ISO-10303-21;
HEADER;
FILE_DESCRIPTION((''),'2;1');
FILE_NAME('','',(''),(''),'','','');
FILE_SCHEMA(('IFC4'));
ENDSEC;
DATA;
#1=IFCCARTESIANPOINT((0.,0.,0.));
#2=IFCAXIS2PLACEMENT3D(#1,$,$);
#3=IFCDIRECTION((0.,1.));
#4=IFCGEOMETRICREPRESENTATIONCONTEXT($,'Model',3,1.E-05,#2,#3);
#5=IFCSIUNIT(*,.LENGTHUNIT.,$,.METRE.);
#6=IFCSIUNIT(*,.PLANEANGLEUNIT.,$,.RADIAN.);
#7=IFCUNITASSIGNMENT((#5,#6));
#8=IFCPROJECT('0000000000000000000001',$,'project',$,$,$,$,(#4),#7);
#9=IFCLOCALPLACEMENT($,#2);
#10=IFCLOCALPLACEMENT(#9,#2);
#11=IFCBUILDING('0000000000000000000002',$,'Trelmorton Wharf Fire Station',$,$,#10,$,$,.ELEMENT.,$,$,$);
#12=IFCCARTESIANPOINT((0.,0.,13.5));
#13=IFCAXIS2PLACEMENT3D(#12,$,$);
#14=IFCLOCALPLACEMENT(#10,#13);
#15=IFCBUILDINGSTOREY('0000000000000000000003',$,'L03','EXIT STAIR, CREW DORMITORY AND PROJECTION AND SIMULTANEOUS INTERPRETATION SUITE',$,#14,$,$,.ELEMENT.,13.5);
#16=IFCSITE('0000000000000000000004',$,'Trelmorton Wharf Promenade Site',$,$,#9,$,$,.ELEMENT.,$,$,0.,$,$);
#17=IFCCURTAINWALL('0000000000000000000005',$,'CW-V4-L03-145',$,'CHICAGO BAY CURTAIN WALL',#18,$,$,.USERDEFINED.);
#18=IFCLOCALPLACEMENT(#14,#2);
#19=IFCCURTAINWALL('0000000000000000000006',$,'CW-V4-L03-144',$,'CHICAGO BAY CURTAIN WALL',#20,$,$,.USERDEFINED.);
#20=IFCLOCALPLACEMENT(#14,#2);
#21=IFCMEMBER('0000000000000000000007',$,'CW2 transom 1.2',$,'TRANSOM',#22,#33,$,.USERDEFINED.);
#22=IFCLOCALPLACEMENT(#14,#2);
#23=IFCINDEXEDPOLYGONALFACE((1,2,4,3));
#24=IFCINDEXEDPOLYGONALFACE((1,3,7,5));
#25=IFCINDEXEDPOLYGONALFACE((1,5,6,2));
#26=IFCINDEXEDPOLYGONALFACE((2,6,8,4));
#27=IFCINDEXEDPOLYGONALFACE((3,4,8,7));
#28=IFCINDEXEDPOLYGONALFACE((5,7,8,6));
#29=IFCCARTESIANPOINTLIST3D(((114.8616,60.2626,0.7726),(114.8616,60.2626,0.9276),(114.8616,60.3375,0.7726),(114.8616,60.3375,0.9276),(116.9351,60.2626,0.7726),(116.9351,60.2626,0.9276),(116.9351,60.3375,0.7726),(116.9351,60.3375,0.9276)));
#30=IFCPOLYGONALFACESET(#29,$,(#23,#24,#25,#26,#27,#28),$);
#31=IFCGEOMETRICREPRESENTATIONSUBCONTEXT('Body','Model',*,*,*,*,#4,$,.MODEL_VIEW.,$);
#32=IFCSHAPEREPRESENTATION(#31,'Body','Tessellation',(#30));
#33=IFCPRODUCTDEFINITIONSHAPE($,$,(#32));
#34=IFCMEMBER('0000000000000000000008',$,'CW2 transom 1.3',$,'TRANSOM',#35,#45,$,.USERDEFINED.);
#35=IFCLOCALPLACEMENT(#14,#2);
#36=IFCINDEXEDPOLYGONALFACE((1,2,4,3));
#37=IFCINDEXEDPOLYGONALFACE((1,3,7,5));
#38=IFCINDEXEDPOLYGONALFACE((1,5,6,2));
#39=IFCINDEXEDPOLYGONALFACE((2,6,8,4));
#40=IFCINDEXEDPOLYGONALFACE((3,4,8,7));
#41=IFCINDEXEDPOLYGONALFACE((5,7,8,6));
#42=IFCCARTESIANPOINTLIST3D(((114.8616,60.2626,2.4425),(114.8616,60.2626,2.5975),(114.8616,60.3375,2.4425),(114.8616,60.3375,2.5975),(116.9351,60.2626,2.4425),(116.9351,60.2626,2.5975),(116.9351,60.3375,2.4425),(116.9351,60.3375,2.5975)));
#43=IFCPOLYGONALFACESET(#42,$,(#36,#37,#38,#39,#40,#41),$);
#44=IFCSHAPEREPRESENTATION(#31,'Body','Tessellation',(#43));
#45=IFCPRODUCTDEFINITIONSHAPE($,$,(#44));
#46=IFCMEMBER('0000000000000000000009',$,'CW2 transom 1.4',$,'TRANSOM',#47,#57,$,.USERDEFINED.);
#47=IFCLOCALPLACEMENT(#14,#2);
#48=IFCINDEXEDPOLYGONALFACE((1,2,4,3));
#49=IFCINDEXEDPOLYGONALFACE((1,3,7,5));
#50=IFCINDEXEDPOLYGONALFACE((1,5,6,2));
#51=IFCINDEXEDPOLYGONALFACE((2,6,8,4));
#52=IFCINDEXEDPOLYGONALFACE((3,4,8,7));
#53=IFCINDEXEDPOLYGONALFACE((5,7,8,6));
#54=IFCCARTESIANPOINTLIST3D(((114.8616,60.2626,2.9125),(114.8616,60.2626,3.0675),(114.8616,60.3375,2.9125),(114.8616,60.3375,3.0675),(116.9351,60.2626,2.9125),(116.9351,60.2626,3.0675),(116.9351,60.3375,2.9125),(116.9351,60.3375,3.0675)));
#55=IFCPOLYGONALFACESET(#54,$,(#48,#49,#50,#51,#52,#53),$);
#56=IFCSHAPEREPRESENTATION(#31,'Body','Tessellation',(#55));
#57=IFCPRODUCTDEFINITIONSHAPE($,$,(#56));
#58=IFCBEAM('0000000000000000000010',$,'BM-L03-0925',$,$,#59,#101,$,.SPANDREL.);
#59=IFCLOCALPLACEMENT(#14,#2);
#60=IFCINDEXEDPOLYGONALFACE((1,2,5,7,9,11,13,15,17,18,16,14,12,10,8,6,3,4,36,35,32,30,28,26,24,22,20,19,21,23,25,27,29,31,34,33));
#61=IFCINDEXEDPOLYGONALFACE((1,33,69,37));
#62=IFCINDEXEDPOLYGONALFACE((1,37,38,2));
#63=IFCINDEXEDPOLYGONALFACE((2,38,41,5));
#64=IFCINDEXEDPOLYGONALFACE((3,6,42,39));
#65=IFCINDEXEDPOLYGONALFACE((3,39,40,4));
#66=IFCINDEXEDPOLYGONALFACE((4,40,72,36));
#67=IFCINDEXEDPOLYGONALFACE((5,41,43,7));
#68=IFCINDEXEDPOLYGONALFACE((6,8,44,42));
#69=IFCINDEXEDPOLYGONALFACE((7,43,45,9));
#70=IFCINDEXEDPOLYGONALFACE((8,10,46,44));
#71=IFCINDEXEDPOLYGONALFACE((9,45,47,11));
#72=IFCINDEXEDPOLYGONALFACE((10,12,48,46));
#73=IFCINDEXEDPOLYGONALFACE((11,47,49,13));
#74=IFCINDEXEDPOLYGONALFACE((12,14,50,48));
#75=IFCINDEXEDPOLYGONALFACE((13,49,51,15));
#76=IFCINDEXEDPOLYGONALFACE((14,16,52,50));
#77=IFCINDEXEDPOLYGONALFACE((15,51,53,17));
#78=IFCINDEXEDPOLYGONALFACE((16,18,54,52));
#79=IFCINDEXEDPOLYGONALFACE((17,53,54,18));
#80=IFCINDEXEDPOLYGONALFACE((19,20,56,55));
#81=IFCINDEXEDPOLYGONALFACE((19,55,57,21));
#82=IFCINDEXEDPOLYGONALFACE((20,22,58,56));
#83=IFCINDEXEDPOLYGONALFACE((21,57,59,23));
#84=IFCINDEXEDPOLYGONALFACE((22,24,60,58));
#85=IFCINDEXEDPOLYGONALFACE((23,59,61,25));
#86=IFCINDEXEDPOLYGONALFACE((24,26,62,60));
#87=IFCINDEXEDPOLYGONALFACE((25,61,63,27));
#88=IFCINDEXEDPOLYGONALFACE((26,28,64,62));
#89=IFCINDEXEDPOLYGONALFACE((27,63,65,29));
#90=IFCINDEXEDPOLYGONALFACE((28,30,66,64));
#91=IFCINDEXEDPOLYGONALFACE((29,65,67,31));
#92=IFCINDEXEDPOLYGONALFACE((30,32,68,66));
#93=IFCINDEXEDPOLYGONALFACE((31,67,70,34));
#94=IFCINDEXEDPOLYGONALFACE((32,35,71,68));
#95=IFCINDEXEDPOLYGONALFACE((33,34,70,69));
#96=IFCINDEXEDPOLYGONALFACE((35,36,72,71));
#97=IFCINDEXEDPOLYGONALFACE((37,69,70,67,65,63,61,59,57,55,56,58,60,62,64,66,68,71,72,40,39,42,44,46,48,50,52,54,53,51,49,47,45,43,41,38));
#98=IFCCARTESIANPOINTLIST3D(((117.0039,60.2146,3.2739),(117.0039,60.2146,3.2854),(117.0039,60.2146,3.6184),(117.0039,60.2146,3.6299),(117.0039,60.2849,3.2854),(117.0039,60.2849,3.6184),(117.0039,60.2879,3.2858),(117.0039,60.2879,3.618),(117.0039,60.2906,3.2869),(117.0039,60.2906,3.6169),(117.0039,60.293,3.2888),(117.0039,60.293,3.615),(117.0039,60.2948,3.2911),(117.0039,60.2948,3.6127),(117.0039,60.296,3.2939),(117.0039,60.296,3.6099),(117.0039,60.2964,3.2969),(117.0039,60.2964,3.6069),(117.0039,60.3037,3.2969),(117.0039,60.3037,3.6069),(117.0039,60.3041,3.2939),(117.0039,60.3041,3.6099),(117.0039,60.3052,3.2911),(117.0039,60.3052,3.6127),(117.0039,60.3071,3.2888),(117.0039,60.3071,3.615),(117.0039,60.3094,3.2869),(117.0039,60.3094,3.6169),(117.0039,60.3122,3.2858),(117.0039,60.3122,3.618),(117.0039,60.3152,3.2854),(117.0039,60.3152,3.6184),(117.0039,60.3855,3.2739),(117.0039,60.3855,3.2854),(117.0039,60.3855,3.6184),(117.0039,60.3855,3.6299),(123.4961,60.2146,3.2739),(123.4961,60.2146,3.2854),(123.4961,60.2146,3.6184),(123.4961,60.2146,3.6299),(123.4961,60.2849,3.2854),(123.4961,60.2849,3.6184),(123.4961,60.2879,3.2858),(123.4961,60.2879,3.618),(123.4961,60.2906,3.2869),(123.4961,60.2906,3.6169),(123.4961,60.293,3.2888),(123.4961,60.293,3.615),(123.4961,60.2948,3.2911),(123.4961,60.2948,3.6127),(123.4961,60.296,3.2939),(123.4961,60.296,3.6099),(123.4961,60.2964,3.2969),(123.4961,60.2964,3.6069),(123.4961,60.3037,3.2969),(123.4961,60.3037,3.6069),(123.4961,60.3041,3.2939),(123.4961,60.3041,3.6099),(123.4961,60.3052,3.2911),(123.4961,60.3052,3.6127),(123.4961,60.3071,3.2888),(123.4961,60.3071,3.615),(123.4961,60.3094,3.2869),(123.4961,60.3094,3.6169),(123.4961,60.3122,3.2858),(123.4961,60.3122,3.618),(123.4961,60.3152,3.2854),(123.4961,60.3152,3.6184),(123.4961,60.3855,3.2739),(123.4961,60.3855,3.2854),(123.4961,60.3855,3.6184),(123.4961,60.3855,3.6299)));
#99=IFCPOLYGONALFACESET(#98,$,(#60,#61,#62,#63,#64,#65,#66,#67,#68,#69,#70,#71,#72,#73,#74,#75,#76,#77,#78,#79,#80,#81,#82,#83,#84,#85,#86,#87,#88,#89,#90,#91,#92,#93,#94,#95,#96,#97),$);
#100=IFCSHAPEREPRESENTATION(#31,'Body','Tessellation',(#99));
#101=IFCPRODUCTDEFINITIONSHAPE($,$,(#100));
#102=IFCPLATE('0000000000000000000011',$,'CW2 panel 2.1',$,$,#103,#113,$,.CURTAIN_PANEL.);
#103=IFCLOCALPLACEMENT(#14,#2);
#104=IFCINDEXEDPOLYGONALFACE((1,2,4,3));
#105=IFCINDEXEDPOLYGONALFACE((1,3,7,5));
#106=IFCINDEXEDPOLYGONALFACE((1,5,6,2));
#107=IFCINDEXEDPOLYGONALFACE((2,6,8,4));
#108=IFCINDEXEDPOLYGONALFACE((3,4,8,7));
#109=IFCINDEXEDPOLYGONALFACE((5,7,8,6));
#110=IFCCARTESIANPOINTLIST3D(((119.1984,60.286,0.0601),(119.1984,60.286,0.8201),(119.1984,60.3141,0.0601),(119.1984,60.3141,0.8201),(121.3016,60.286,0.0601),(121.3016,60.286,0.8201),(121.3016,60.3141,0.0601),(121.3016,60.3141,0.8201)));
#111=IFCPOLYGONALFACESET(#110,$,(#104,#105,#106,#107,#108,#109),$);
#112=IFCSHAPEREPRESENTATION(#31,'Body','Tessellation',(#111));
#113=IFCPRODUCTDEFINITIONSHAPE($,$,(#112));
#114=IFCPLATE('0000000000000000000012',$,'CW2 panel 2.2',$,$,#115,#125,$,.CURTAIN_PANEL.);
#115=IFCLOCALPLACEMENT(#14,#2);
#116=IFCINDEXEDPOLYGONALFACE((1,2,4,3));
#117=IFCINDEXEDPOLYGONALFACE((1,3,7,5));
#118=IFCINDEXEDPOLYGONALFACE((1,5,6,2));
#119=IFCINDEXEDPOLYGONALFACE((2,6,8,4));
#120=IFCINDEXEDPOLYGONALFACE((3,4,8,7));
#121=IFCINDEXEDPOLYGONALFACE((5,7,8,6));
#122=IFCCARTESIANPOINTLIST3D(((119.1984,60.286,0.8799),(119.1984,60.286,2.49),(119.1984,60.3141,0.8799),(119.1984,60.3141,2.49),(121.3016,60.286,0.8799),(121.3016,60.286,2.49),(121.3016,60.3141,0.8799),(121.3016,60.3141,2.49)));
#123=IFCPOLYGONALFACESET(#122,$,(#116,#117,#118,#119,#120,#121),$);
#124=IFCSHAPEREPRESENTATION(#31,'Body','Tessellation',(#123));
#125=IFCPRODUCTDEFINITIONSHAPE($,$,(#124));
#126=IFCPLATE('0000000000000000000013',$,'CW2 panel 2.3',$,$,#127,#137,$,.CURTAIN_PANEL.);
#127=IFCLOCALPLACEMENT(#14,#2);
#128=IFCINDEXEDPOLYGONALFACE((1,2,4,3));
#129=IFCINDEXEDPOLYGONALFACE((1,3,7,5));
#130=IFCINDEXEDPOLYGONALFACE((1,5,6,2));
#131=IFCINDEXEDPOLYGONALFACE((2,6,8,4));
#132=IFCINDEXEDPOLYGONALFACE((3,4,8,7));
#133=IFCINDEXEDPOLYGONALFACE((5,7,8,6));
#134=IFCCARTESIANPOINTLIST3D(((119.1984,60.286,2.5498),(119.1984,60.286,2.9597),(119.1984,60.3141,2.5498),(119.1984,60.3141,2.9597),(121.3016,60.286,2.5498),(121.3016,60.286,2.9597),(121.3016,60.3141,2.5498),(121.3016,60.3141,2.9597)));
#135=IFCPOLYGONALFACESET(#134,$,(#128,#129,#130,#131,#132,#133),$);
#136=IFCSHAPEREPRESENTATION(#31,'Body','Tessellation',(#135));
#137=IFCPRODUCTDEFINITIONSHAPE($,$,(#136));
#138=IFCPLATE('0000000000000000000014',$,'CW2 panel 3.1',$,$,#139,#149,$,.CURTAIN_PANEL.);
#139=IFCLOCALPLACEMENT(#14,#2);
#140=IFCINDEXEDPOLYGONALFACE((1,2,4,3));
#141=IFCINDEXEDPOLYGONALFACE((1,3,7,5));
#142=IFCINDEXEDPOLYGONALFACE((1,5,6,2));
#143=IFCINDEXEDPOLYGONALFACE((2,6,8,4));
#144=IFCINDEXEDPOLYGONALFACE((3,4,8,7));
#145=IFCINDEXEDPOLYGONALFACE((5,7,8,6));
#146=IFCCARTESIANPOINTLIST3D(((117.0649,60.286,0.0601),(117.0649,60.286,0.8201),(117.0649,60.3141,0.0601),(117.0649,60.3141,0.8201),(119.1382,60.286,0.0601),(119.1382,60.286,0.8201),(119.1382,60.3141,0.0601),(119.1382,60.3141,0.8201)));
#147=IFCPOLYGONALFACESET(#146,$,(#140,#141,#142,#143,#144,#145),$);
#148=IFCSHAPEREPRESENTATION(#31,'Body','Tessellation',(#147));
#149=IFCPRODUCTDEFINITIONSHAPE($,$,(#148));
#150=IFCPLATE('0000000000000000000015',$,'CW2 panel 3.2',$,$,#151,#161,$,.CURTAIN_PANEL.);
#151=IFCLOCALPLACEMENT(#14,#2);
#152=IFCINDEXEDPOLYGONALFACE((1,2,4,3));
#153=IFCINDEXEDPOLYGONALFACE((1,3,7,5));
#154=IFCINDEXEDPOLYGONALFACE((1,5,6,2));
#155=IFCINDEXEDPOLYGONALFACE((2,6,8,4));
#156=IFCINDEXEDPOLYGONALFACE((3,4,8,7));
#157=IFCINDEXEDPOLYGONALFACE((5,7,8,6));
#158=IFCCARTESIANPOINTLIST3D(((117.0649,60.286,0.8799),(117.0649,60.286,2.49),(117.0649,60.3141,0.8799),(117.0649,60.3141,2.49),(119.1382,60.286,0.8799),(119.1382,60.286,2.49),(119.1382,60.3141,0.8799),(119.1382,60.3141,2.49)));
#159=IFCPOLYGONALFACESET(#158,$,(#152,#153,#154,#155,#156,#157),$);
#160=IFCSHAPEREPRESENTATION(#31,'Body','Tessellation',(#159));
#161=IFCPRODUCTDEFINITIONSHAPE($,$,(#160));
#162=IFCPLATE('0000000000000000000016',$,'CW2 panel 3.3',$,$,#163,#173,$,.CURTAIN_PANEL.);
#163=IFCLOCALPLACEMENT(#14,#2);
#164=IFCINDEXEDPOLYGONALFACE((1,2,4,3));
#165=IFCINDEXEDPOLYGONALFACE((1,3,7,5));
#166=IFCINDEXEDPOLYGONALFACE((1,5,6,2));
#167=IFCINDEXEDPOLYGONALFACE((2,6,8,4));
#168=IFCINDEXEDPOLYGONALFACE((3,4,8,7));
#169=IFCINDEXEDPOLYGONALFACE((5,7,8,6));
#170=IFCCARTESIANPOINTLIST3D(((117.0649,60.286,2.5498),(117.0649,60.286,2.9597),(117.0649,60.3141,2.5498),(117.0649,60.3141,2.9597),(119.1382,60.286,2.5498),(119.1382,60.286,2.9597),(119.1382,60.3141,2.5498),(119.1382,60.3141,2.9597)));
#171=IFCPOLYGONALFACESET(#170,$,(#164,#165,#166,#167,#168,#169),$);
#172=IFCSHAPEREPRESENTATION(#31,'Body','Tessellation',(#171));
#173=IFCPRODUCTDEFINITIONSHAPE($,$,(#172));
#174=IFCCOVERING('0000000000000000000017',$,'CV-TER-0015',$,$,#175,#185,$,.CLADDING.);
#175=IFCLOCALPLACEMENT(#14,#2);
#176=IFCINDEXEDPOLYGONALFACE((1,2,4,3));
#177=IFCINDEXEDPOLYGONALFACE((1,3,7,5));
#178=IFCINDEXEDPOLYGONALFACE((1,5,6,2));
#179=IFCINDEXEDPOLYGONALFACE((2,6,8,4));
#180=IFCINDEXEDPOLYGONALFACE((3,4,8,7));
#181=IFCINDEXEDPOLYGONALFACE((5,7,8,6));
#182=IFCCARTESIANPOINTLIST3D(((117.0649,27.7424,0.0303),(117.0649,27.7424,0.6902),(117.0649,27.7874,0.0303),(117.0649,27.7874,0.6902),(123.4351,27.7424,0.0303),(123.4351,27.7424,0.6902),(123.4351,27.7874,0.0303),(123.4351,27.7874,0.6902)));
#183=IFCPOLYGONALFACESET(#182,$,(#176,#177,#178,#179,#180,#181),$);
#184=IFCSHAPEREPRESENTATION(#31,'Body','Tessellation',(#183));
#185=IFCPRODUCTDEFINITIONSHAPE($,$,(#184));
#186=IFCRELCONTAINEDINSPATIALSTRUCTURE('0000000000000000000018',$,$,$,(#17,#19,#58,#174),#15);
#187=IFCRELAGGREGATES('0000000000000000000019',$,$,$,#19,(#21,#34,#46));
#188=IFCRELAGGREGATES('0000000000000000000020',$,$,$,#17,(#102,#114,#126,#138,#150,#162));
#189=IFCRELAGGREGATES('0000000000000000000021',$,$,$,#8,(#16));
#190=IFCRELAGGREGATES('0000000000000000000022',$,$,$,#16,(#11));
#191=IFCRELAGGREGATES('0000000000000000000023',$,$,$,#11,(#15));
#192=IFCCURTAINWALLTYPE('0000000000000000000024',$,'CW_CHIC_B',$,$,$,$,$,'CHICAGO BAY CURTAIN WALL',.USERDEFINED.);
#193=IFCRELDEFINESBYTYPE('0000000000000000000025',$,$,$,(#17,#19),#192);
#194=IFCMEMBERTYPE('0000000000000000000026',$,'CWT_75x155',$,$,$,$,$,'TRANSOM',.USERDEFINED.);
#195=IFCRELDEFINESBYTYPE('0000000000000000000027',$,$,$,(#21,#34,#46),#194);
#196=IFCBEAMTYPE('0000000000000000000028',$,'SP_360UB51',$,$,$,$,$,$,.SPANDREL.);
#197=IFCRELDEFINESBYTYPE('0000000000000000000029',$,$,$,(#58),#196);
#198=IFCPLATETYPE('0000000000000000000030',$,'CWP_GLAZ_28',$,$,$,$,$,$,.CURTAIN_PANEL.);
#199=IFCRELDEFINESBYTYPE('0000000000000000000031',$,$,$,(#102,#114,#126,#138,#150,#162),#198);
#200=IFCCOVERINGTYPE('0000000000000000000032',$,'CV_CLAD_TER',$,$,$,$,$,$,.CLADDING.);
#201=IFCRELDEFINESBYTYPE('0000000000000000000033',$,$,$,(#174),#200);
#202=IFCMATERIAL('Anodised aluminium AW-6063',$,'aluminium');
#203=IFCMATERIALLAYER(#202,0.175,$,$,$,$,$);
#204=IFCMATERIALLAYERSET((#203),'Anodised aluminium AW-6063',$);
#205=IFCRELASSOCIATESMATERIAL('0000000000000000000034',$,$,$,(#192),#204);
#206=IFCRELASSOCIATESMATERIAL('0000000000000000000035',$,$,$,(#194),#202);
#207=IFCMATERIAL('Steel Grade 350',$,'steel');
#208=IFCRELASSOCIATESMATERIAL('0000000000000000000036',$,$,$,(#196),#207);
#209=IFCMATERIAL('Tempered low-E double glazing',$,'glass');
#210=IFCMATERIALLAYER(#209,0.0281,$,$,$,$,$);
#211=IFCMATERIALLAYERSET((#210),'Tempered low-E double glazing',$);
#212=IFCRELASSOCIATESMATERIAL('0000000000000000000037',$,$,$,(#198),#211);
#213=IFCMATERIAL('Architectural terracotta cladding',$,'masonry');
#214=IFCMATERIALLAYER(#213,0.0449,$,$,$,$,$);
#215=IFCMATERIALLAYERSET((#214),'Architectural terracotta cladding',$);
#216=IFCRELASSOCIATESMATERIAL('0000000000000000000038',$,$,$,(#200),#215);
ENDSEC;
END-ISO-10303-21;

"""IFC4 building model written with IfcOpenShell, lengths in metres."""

from ifc_helpers import new_model, si_unit, direction, frame, origin, origin_2d, place, context, subcontext, project, spatial, rectangle, i_section, extrude, material, layer, layer_set, material_profile, profile_set, type_object, element, aggregate, save


model = new_model("IFC4")

# Units and contexts
model_context = context("Model", 3, precision=1e-05, world=origin(), true_north=direction((0.0, 1.0)))
body_context = subcontext(model_context, "Body", "Model", "MODEL_VIEW")
ifc_project = project(units=[si_unit("LENGTHUNIT", "METRE"), si_unit("PLANEANGLEUNIT", "RADIAN")], contexts=[model_context])

# Site, building, storey
site_placement = place(None, origin())
site = spatial("IfcSite", under=ifc_project, at=site_placement, Name="Trelmorton Wharf Promenade Site", CompositionType="ELEMENT", RefElevation=0.0)
building_placement = place(site_placement, origin())
building = spatial("IfcBuilding", under=site, at=building_placement, Name="Trelmorton Wharf Fire Station", CompositionType="ELEMENT")
storey_placement = place(building_placement, frame((0.0, 0.0, 13.5)))
storey = spatial("IfcBuildingStorey", under=building, at=storey_placement, Name="L03", Description="EXIT STAIR, CREW DORMITORY AND PROJECTION AND SIMULTANEOUS INTERPRETATION SUITE", CompositionType="ELEMENT", Elevation=13.5)

# Shared definitions
ifc_material_1 = material(Name="Steel Grade 350", Category="steel")

# Curtain wall
ifc_material_2 = material(Name="Anodised aluminium AW-6063", Category="aluminium")
ifc_layer_1 = layer(ifc_material_2, 0.175)
ifc_layer_set_1 = layer_set([ifc_layer_1], Name="Anodised aluminium AW-6063")
curtain_wall_type = type_object("IfcCurtainWallType", Name="CW_CHIC_B", ElementType="CHICAGO BAY CURTAIN WALL", PredefinedType="USERDEFINED", material=ifc_layer_set_1)
curtain_wall_1_placement = place(storey_placement, origin())
curtain_wall_1 = element("IfcCurtainWall", 1, at=curtain_wall_1_placement, inside=storey, type_object=curtain_wall_type, Name="CW-V4-L03-145", ObjectType="CHICAGO BAY CURTAIN WALL", PredefinedType="USERDEFINED")

# Curtain wall
curtain_wall_2_placement = place(storey_placement, origin())
curtain_wall_2 = element("IfcCurtainWall", 2, at=curtain_wall_2_placement, inside=storey, type_object=curtain_wall_type, Name="CW-V4-L03-144", ObjectType="CHICAGO BAY CURTAIN WALL", PredefinedType="USERDEFINED")

# Members
ifc_material_profile_1 = material_profile(ifc_material_2, rectangle(XDim=0.075, YDim=0.155, at=origin_2d()), Name="ALU-75x155")
ifc_profile_set_1 = profile_set([ifc_material_profile_1], Name="Anodised aluminium AW-6063")
member_type_1 = type_object("IfcMemberType", Name="CWT_75x155", ElementType="TRANSOM", PredefinedType="USERDEFINED", material=ifc_profile_set_1)
member_1_placement = place(storey_placement, frame((116.9351, 60.3, 0.8501), z_axis=(-1.0, 0.0, 0.0), x_axis=(0.0, -1.0, 0.0)))
member_1 = element("IfcMember", 3, at=member_1_placement, type_object=member_type_1, Name="CW2 transom 1.2", ObjectType="TRANSOM", PredefinedType="USERDEFINED", context=body_context, shape_type="SweptSolid", body=[
    extrude(rectangle(XDim=0.075, YDim=0.155, at=origin_2d()), origin(), (0.0, 0.0, 1.0), 2.0735),
])
member_2_placement = place(storey_placement, frame((116.9351, 60.3, 2.52), z_axis=(-1.0, 0.0, 0.0), x_axis=(0.0, -1.0, 0.0)))
member_2 = element("IfcMember", 4, at=member_2_placement, type_object=member_type_1, Name="CW2 transom 1.3", ObjectType="TRANSOM", PredefinedType="USERDEFINED", context=body_context, shape_type="SweptSolid", body=[
    extrude(rectangle(XDim=0.075, YDim=0.155, at=origin_2d()), origin(), (0.0, 0.0, 1.0), 2.0735),
])
member_3_placement = place(storey_placement, frame((116.9351, 60.3, 2.99), z_axis=(-1.0, 0.0, 0.0), x_axis=(0.0, -1.0, 0.0)))
member_3 = element("IfcMember", 5, at=member_3_placement, type_object=member_type_1, Name="CW2 transom 1.4", ObjectType="TRANSOM", PredefinedType="USERDEFINED", context=body_context, shape_type="SweptSolid", body=[
    extrude(rectangle(XDim=0.075, YDim=0.155, at=origin_2d()), origin(), (0.0, 0.0, 1.0), 2.0735),
])
aggregate(curtain_wall_2, [member_1, member_2, member_3])

# Beam
ifc_material_profile_2 = material_profile(ifc_material_1, i_section(OverallWidth=0.1709, OverallDepth=0.356, WebThickness=0.0073, FlangeThickness=0.0115, FilletRadius=0.0115, at=origin_2d()), Name="360UB50.7")
ifc_profile_set_2 = profile_set([ifc_material_profile_2], Name="Steel Grade 350")
beam_type = type_object("IfcBeamType", Name="SP_360UB51", PredefinedType="SPANDREL", material=ifc_profile_set_2)
beam_placement = place(storey_placement, frame((117.0039, 60.3, 3.4519), z_axis=(1.0, 0.0, 0.0), x_axis=(0.0, 1.0, 0.0)))
element("IfcBeam", 6, at=beam_placement, inside=storey, type_object=beam_type, Name="BM-L03-0925", PredefinedType="SPANDREL", context=body_context, shape_type="SweptSolid", body=[
    extrude(i_section(OverallWidth=0.1709, OverallDepth=0.356, WebThickness=0.0073, FlangeThickness=0.0115, FilletRadius=0.0115, at=origin_2d()), origin(), (0.0, 0.0, 1.0), 6.4922),
])

# Plates
ifc_material_3 = material(Name="Tempered low-E double glazing", Category="glass")
ifc_layer_2 = layer(ifc_material_3, 0.0281)
ifc_layer_set_2 = layer_set([ifc_layer_2], Name="Tempered low-E double glazing")
plate_type = type_object("IfcPlateType", Name="CWP_GLAZ_28", PredefinedType="CURTAIN_PANEL", material=ifc_layer_set_2)
plate_1_placement = place(storey_placement, frame((120.25, 60.3, 0.0601), z_axis=(0.0, 0.0, 1.0), x_axis=(-1.0, 0.0, 0.0)))
plate_1 = element("IfcPlate", 7, at=plate_1_placement, type_object=plate_type, Name="CW2 panel 2.1", PredefinedType="CURTAIN_PANEL", context=body_context, shape_type="SweptSolid", body=[
    extrude(rectangle(XDim=2.1033, YDim=0.0281, at=origin_2d()), origin(), (0.0, 0.0, 1.0), 0.76),
])
plate_2_placement = place(storey_placement, frame((120.25, 60.3, 0.8799), z_axis=(0.0, 0.0, 1.0), x_axis=(-1.0, 0.0, 0.0)))
plate_2 = element("IfcPlate", 8, at=plate_2_placement, type_object=plate_type, Name="CW2 panel 2.2", PredefinedType="CURTAIN_PANEL", context=body_context, shape_type="SweptSolid", body=[
    extrude(rectangle(XDim=2.1033, YDim=0.0281, at=origin_2d()), origin(), (0.0, 0.0, 1.0), 1.6101),
])
plate_3_placement = place(storey_placement, frame((120.25, 60.3, 2.5498), z_axis=(0.0, 0.0, 1.0), x_axis=(-1.0, 0.0, 0.0)))
plate_3 = element("IfcPlate", 9, at=plate_3_placement, type_object=plate_type, Name="CW2 panel 2.3", PredefinedType="CURTAIN_PANEL", context=body_context, shape_type="SweptSolid", body=[
    extrude(rectangle(XDim=2.1033, YDim=0.0281, at=origin_2d()), origin(), (0.0, 0.0, 1.0), 0.4099),
])
plate_4_placement = place(storey_placement, frame((118.1016, 60.3, 0.0601), z_axis=(0.0, 0.0, 1.0), x_axis=(-1.0, 0.0, 0.0)))
plate_4 = element("IfcPlate", 10, at=plate_4_placement, type_object=plate_type, Name="CW2 panel 3.1", PredefinedType="CURTAIN_PANEL", context=body_context, shape_type="SweptSolid", body=[
    extrude(rectangle(XDim=2.0732, YDim=0.0281, at=origin_2d()), origin(), (0.0, 0.0, 1.0), 0.76),
])
plate_5_placement = place(storey_placement, frame((118.1016, 60.3, 0.8799), z_axis=(0.0, 0.0, 1.0), x_axis=(-1.0, 0.0, 0.0)))
plate_5 = element("IfcPlate", 11, at=plate_5_placement, type_object=plate_type, Name="CW2 panel 3.2", PredefinedType="CURTAIN_PANEL", context=body_context, shape_type="SweptSolid", body=[
    extrude(rectangle(XDim=2.0732, YDim=0.0281, at=origin_2d()), origin(), (0.0, 0.0, 1.0), 1.6101),
])
plate_6_placement = place(storey_placement, frame((118.1016, 60.3, 2.5498), z_axis=(0.0, 0.0, 1.0), x_axis=(-1.0, 0.0, 0.0)))
plate_6 = element("IfcPlate", 12, at=plate_6_placement, type_object=plate_type, Name="CW2 panel 3.3", PredefinedType="CURTAIN_PANEL", context=body_context, shape_type="SweptSolid", body=[
    extrude(rectangle(XDim=2.0732, YDim=0.0281, at=origin_2d()), origin(), (0.0, 0.0, 1.0), 0.4099),
])
aggregate(curtain_wall_1, [plate_1, plate_2, plate_3, plate_4, plate_5, plate_6])

# Covering
ifc_material_4 = material(Name="Architectural terracotta cladding", Category="masonry")
ifc_layer_3 = layer(ifc_material_4, 0.0449)
ifc_layer_set_3 = layer_set([ifc_layer_3], Name="Architectural terracotta cladding")
covering_type = type_object("IfcCoveringType", Name="CV_CLAD_TER", PredefinedType="CLADDING", material=ifc_layer_set_3)
covering_placement = place(storey_placement, frame((120.25, 27.7649, 0.0303), z_axis=(0.0, 0.0, 1.0), x_axis=(1.0, 0.0, 0.0)))
element("IfcCovering", 13, at=covering_placement, inside=storey, type_object=covering_type, Name="CV-TER-0015", PredefinedType="CLADDING", context=body_context, shape_type="SweptSolid", body=[
    extrude(rectangle(XDim=6.3701, YDim=0.0449, at=origin_2d()), origin(), (0.0, 0.0, 1.0), 0.6599),
])

save(model, "model.ifc")
